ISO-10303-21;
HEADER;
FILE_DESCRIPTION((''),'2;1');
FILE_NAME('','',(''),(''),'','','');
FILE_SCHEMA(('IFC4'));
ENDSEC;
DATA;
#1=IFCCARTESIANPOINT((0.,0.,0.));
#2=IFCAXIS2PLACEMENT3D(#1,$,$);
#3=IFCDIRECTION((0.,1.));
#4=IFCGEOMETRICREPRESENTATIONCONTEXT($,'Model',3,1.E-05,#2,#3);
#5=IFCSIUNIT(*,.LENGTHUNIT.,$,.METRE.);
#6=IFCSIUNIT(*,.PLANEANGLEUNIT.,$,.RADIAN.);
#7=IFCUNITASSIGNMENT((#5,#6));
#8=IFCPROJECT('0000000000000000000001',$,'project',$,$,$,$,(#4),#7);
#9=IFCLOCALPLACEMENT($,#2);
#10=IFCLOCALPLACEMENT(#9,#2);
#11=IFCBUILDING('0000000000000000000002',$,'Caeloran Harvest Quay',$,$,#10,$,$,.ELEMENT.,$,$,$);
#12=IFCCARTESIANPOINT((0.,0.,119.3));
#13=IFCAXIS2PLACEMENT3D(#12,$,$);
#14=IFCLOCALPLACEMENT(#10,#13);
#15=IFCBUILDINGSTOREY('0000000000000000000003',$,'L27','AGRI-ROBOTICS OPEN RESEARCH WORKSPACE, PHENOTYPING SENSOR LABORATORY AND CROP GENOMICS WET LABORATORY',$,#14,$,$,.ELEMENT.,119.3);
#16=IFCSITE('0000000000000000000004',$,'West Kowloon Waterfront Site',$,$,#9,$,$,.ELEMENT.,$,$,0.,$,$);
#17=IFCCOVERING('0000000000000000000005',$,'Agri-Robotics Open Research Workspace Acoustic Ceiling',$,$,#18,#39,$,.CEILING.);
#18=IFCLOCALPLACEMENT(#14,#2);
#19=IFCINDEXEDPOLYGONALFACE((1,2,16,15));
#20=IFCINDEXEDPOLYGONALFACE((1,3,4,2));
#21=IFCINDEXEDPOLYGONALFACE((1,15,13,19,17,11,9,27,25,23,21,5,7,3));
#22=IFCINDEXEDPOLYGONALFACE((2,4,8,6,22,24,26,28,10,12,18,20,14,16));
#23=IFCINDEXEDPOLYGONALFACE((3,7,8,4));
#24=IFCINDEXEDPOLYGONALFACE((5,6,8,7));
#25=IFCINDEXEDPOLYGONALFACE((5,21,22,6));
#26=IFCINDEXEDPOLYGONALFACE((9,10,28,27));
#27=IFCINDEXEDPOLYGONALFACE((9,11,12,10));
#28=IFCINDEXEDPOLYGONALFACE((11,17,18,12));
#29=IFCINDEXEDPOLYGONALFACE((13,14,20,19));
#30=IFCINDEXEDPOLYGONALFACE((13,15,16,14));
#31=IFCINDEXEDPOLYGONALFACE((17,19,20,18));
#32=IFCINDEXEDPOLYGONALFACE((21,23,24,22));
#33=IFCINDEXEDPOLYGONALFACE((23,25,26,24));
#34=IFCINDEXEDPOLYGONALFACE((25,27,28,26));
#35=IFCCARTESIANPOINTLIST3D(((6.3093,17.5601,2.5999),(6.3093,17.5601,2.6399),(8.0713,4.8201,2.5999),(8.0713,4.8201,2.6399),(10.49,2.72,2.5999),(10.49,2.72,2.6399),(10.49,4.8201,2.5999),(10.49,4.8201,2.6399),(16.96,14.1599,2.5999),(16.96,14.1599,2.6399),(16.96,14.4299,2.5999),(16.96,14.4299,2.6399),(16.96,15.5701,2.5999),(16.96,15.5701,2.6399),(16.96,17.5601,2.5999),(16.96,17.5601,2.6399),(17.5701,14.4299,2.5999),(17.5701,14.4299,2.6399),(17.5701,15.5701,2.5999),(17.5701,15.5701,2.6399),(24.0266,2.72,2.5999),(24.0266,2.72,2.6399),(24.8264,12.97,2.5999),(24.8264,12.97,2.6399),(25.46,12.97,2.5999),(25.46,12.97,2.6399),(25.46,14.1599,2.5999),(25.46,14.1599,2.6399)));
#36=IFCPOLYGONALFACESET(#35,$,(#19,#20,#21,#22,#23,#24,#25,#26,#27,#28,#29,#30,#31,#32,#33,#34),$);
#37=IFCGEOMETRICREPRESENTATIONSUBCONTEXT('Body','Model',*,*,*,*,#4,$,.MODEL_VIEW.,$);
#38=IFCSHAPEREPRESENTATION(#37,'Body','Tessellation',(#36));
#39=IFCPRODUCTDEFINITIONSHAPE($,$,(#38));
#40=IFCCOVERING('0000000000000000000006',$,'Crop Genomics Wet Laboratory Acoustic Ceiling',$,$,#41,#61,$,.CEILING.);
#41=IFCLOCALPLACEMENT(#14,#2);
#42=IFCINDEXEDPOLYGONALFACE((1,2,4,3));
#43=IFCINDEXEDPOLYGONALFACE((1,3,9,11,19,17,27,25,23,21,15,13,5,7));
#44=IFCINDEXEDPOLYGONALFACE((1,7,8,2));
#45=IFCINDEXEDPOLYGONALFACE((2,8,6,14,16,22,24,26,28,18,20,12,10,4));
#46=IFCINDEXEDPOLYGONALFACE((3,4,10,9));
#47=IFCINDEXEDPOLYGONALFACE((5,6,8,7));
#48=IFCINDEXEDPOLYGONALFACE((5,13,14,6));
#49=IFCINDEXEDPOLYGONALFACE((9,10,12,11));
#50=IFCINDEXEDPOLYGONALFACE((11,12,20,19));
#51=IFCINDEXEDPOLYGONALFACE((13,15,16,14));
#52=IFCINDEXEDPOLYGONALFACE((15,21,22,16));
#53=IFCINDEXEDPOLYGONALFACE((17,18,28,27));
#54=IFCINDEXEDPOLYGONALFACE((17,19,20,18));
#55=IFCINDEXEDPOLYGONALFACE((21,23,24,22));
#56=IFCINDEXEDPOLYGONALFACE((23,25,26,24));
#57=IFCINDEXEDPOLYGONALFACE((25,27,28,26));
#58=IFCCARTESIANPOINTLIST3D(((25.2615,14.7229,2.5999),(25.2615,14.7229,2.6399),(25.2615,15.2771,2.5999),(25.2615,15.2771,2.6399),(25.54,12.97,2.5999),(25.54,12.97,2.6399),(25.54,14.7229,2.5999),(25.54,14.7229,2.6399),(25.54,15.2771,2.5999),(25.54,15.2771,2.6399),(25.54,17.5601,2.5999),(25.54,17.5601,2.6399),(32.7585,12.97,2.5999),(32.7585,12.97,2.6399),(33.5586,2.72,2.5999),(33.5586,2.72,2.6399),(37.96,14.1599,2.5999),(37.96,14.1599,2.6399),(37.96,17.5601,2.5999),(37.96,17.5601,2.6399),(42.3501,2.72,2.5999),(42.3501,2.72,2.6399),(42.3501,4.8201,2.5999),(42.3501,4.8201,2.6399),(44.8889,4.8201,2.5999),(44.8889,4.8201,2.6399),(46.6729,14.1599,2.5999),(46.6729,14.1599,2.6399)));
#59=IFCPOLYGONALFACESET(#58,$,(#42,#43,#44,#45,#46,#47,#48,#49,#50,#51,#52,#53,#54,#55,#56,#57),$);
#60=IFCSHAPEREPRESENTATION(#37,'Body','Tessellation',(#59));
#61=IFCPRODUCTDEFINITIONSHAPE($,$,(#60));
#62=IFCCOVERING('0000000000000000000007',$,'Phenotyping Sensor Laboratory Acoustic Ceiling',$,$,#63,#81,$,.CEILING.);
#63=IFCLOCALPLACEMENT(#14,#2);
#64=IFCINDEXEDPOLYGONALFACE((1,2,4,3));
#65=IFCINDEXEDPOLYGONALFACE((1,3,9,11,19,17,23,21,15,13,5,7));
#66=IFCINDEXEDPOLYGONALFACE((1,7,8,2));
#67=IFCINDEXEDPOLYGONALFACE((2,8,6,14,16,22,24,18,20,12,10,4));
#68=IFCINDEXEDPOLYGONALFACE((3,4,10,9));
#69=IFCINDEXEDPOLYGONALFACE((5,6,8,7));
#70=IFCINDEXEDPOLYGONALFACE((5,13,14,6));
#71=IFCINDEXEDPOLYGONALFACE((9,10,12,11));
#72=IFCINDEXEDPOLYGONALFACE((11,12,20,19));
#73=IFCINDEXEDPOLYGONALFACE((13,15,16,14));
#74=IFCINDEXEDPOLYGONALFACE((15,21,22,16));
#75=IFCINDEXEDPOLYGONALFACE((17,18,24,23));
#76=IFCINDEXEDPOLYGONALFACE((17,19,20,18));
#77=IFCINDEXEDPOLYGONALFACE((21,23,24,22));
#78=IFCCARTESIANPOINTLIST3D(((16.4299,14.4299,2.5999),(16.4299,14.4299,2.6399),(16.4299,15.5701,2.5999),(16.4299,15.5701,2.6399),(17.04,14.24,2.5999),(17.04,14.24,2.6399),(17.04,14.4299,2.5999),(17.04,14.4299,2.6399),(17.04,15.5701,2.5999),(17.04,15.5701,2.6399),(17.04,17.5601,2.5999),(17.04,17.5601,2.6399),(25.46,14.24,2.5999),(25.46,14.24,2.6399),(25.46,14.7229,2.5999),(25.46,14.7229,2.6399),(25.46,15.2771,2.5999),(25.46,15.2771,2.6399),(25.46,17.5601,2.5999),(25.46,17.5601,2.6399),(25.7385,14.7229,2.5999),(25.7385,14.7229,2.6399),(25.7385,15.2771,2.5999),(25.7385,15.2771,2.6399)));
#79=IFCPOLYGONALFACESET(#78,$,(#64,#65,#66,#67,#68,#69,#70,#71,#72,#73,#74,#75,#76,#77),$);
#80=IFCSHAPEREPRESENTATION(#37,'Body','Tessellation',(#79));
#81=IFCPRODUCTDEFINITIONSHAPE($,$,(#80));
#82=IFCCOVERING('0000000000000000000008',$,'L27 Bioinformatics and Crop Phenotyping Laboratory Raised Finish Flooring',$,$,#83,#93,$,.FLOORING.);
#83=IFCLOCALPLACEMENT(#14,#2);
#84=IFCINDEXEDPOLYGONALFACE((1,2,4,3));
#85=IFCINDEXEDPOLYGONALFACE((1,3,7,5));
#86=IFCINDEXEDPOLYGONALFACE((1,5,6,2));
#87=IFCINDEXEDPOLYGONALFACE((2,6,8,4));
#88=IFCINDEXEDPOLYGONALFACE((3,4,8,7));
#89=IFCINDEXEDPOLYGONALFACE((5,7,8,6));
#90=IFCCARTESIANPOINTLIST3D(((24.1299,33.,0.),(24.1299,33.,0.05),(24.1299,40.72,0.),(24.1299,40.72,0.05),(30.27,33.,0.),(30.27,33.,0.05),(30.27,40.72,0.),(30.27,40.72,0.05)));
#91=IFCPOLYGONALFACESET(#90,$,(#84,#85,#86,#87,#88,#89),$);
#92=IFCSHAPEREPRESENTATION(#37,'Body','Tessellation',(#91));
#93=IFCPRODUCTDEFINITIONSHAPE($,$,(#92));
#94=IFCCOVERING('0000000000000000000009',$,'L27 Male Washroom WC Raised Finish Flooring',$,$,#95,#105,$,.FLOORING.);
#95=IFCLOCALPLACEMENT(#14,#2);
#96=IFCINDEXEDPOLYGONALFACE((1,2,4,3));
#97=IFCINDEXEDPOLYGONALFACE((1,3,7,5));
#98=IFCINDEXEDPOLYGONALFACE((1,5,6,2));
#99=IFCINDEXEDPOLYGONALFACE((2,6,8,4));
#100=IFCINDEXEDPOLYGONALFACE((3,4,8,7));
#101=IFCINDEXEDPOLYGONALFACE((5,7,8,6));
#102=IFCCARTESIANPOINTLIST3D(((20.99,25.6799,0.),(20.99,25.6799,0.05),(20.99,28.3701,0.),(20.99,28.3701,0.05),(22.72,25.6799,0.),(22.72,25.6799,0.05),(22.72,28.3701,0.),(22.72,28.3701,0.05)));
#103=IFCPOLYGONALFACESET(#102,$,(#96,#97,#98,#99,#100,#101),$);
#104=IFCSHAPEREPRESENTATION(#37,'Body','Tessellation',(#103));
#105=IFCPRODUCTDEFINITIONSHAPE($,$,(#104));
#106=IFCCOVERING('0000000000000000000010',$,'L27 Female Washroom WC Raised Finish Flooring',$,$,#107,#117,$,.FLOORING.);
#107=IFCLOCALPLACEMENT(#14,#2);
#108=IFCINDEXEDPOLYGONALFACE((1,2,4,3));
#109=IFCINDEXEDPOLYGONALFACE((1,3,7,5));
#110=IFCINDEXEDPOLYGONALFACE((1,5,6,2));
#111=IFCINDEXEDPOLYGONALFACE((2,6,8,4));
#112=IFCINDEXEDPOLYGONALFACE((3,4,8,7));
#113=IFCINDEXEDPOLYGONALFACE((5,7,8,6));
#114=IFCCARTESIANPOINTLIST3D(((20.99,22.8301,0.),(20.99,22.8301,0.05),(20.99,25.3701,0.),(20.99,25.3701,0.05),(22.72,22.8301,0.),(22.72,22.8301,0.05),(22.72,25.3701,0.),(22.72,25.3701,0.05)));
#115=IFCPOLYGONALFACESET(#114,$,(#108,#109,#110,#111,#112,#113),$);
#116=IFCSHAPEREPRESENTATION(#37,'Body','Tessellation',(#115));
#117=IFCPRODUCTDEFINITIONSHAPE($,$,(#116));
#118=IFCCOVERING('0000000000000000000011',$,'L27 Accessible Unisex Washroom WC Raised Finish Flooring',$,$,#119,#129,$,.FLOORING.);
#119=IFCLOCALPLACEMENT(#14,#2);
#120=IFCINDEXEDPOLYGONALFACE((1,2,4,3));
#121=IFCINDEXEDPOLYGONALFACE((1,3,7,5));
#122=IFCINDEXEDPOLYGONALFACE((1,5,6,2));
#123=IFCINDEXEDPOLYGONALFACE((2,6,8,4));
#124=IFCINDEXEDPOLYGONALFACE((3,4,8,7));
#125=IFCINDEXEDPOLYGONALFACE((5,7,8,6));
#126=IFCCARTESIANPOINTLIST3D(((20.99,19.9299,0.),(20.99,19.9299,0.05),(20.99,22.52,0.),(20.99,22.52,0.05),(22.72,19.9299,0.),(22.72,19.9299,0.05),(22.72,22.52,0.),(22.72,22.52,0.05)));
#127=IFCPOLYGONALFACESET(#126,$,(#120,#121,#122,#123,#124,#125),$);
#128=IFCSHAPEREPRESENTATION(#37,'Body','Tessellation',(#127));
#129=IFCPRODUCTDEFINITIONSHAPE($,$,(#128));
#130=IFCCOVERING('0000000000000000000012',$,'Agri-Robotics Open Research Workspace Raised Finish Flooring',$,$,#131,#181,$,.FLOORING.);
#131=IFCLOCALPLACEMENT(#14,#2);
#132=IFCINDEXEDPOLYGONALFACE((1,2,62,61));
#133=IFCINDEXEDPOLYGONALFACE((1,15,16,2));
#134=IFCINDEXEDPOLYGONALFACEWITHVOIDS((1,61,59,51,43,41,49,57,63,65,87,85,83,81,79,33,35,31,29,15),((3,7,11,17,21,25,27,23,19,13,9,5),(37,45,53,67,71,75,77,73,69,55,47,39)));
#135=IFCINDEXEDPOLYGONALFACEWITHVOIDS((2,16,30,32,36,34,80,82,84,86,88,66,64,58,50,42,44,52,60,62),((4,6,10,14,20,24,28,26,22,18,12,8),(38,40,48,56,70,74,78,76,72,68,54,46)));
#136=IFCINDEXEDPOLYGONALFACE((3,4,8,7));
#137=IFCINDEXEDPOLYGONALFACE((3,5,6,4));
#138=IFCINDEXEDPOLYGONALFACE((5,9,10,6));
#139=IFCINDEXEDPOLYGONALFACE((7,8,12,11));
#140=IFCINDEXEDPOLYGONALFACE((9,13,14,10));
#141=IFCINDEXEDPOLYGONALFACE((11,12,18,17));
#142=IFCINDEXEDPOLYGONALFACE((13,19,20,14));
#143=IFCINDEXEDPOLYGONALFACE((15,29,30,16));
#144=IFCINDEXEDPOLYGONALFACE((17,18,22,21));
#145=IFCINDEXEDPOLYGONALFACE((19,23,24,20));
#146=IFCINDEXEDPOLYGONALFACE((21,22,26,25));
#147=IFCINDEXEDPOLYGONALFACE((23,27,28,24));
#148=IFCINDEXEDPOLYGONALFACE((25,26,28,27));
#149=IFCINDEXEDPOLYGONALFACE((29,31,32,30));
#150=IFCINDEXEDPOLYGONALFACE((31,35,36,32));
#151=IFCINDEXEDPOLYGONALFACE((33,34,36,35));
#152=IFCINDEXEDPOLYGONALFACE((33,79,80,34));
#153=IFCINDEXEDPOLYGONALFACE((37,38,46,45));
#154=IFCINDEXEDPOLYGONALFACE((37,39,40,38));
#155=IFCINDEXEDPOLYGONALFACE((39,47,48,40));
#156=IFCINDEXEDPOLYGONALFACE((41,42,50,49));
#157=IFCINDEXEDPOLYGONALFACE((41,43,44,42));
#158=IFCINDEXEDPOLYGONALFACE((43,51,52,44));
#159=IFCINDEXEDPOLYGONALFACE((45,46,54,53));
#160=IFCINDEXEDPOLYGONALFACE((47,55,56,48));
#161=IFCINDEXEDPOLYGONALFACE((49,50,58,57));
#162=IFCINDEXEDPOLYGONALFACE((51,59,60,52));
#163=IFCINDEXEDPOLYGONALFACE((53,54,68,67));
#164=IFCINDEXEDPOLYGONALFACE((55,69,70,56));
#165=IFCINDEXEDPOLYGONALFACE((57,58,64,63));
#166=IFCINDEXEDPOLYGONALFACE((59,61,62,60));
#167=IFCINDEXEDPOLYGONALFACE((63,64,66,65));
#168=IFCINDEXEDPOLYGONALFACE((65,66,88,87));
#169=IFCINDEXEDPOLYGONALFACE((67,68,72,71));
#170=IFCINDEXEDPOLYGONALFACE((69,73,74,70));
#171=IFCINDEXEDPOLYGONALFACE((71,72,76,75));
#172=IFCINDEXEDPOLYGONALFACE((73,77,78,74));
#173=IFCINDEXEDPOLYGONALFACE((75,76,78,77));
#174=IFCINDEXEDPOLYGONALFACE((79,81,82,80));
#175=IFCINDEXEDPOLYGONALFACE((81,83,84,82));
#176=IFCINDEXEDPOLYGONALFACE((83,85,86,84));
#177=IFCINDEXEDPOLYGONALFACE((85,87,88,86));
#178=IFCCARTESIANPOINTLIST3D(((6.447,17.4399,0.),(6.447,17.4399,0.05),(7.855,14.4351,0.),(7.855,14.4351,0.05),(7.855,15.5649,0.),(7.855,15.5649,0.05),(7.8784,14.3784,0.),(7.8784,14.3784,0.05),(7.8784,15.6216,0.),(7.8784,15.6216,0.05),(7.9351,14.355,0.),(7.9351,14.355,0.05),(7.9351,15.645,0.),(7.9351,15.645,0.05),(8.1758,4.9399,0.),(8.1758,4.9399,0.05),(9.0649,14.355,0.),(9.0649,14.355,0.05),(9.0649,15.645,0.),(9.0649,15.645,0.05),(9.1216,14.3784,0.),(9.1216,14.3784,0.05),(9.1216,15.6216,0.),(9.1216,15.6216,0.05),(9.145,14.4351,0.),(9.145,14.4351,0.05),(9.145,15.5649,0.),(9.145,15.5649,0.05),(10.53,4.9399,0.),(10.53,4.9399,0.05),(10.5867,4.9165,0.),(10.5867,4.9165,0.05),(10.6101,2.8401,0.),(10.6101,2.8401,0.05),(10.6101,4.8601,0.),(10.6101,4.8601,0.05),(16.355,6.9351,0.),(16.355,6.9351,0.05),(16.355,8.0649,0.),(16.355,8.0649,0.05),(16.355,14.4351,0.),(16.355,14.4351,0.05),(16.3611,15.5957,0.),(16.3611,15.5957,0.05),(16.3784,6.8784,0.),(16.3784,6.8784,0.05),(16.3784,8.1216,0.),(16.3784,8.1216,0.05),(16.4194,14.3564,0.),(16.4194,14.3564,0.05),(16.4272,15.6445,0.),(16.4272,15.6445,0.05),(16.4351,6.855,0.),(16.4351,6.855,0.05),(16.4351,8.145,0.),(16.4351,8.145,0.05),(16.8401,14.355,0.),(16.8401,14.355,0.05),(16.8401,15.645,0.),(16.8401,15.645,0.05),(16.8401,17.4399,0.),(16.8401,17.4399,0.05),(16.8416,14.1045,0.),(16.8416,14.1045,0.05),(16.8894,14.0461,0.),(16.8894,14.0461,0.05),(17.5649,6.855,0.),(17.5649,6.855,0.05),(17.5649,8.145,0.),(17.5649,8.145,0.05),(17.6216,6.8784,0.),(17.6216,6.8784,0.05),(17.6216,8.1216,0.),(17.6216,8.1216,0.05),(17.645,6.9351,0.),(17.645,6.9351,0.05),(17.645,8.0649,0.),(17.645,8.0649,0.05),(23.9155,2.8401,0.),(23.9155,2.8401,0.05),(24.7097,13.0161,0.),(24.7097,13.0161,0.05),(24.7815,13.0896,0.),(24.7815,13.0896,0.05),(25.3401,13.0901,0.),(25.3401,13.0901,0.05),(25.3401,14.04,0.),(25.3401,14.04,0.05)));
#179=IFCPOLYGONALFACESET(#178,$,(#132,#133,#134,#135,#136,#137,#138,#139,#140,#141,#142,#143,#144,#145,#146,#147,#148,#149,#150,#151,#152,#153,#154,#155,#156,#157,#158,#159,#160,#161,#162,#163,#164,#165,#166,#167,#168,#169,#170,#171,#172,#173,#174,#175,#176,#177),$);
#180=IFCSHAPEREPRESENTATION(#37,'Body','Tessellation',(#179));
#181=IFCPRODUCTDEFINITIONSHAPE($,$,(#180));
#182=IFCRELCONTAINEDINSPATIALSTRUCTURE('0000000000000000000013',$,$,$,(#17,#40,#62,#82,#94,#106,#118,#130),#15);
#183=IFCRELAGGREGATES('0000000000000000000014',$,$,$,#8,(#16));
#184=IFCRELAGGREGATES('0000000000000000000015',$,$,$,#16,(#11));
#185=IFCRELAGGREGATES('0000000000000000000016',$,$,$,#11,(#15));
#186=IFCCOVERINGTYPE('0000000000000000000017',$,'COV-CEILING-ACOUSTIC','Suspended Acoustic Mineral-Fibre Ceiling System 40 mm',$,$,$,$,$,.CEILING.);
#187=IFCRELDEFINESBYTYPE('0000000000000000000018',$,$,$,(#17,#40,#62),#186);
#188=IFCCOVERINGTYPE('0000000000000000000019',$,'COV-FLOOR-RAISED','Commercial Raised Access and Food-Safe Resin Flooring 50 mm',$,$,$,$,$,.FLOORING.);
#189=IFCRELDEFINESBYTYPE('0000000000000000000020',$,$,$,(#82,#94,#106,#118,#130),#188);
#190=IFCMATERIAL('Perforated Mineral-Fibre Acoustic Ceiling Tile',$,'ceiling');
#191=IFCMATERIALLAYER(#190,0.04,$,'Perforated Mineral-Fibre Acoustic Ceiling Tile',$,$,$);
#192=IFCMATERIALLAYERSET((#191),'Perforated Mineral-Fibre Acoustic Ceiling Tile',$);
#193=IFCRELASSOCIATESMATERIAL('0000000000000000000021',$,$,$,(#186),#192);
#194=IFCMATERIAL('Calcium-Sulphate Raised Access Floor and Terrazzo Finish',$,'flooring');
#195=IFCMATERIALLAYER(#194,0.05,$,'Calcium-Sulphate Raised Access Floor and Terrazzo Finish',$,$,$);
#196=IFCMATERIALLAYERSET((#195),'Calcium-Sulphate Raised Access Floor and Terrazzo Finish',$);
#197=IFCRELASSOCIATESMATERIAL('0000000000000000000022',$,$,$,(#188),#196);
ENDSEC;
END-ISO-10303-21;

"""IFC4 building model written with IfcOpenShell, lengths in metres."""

from ifc_helpers import new_model, si_unit, direction, frame, origin, place, context, subcontext, project, spatial, polyline, outline, extrude, material, layer, layer_set, type_object, element, save


model = new_model("IFC4")

# Units and contexts
model_context = context("Model", 3, precision=1e-05, world=origin(), true_north=direction((0.0, 1.0)))
body_context = subcontext(model_context, "Body", "Model", "MODEL_VIEW")
ifc_project = project(units=[si_unit("LENGTHUNIT", "METRE"), si_unit("PLANEANGLEUNIT", "RADIAN")], contexts=[model_context])

# Site, building, storey
site_placement = place(None, origin())
site = spatial("IfcSite", under=ifc_project, at=site_placement, Name="West Kowloon Waterfront Site", CompositionType="ELEMENT", RefElevation=0.0)
building_placement = place(site_placement, origin())
building = spatial("IfcBuilding", under=site, at=building_placement, Name="Caeloran Harvest Quay", CompositionType="ELEMENT")
storey_placement = place(building_placement, frame((0.0, 0.0, 119.3)))
storey = spatial("IfcBuildingStorey", under=building, at=storey_placement, Name="L27", Description="AGRI-ROBOTICS OPEN RESEARCH WORKSPACE, PHENOTYPING SENSOR LABORATORY AND CROP GENOMICS WET LABORATORY", CompositionType="ELEMENT", Elevation=119.3)

# Coverings
ifc_material_1 = material(Name="Perforated Mineral-Fibre Acoustic Ceiling Tile", Category="ceiling")
ifc_layer_1 = layer(ifc_material_1, 0.04, Name="Perforated Mineral-Fibre Acoustic Ceiling Tile")
ifc_layer_set_1 = layer_set([ifc_layer_1], Name="Perforated Mineral-Fibre Acoustic Ceiling Tile")
covering_type_1 = type_object("IfcCoveringType", Name="COV-CEILING-ACOUSTIC", Description="Suspended Acoustic Mineral-Fibre Ceiling System 40 mm", PredefinedType="CEILING", material=ifc_layer_set_1)
covering_1_placement = place(storey_placement, frame((0.0, 0.0, 2.5999)))
element("IfcCovering", 1, at=covering_1_placement, inside=storey, type_object=covering_type_1, Name="Agri-Robotics Open Research Workspace Acoustic Ceiling", PredefinedType="CEILING", context=body_context, shape_type="SweptSolid", body=[
    extrude(outline(polyline([(6.3093, 17.5601), (16.96, 17.5601), (16.96, 15.5701), (17.5701, 15.5701), (17.5701, 14.4299), (16.96, 14.4299), (16.96, 14.1599), (25.46, 14.1599), (25.46, 12.97), (24.8264, 12.97), (24.0266, 2.72), (10.49, 2.72), (10.49, 4.8201), (8.0713, 4.8201), (6.3093, 17.5601)])), origin(), (0.0, 0.0, 1.0), 0.04),
])
covering_2_placement = place(storey_placement, frame((0.0, 0.0, 2.5999)))
element("IfcCovering", 2, at=covering_2_placement, inside=storey, type_object=covering_type_1, Name="Crop Genomics Wet Laboratory Acoustic Ceiling", PredefinedType="CEILING", context=body_context, shape_type="SweptSolid", body=[
    extrude(outline(polyline([(25.54, 14.7229), (25.2615, 14.7229), (25.2615, 15.2771), (25.54, 15.2771), (25.54, 17.5601), (37.96, 17.5601), (37.96, 14.1599), (46.6729, 14.1599), (44.8889, 4.8201), (42.3501, 4.8201), (42.3501, 2.72), (33.5586, 2.72), (32.7585, 12.97), (25.54, 12.97), (25.54, 14.7229)])), origin(), (0.0, 0.0, 1.0), 0.04),
])
covering_3_placement = place(storey_placement, frame((0.0, 0.0, 2.5999)))
element("IfcCovering", 3, at=covering_3_placement, inside=storey, type_object=covering_type_1, Name="Phenotyping Sensor Laboratory Acoustic Ceiling", PredefinedType="CEILING", context=body_context, shape_type="SweptSolid", body=[
    extrude(outline(polyline([(16.4299, 14.4299), (16.4299, 15.5701), (17.04, 15.5701), (17.04, 17.5601), (25.46, 17.5601), (25.46, 15.2771), (25.7385, 15.2771), (25.7385, 14.7229), (25.46, 14.7229), (25.46, 14.24), (17.04, 14.24), (17.04, 14.4299), (16.4299, 14.4299)])), origin(), (0.0, 0.0, 1.0), 0.04),
])
ifc_material_2 = material(Name="Calcium-Sulphate Raised Access Floor and Terrazzo Finish", Category="flooring")
ifc_layer_2 = layer(ifc_material_2, 0.05, Name="Calcium-Sulphate Raised Access Floor and Terrazzo Finish")
ifc_layer_set_2 = layer_set([ifc_layer_2], Name="Calcium-Sulphate Raised Access Floor and Terrazzo Finish")
covering_type_2 = type_object("IfcCoveringType", Name="COV-FLOOR-RAISED", Description="Commercial Raised Access and Food-Safe Resin Flooring 50 mm", PredefinedType="FLOORING", material=ifc_layer_set_2)
covering_4_placement = place(storey_placement, origin())
element("IfcCovering", 4, at=covering_4_placement, inside=storey, type_object=covering_type_2, Name="L27 Bioinformatics and Crop Phenotyping Laboratory Raised Finish Flooring", PredefinedType="FLOORING", context=body_context, shape_type="SweptSolid", body=[
    extrude(outline(polyline([(30.27, 40.72), (30.27, 33.0), (24.1299, 33.0), (24.1299, 40.72), (30.27, 40.72)])), origin(), (0.0, 0.0, 1.0), 0.05),
])
covering_5_placement = place(storey_placement, origin())
element("IfcCovering", 5, at=covering_5_placement, inside=storey, type_object=covering_type_2, Name="L27 Male Washroom WC Raised Finish Flooring", PredefinedType="FLOORING", context=body_context, shape_type="SweptSolid", body=[
    extrude(outline(polyline([(22.72, 25.6799), (20.99, 25.6799), (20.99, 28.3701), (22.72, 28.3701), (22.72, 25.6799)])), origin(), (0.0, 0.0, 1.0), 0.05),
])
covering_6_placement = place(storey_placement, origin())
element("IfcCovering", 6, at=covering_6_placement, inside=storey, type_object=covering_type_2, Name="L27 Female Washroom WC Raised Finish Flooring", PredefinedType="FLOORING", context=body_context, shape_type="SweptSolid", body=[
    extrude(outline(polyline([(22.72, 22.8301), (20.99, 22.8301), (20.99, 25.3701), (22.72, 25.3701), (22.72, 22.8301)])), origin(), (0.0, 0.0, 1.0), 0.05),
])
covering_7_placement = place(storey_placement, origin())
element("IfcCovering", 7, at=covering_7_placement, inside=storey, type_object=covering_type_2, Name="L27 Accessible Unisex Washroom WC Raised Finish Flooring", PredefinedType="FLOORING", context=body_context, shape_type="SweptSolid", body=[
    extrude(outline(polyline([(22.72, 19.9299), (20.99, 19.9299), (20.99, 22.52), (22.72, 22.52), (22.72, 19.9299)])), origin(), (0.0, 0.0, 1.0), 0.05),
])
covering_8_placement = place(storey_placement, origin())
element("IfcCovering", 8, at=covering_8_placement, inside=storey, type_object=covering_type_2, Name="Agri-Robotics Open Research Workspace Raised Finish Flooring", PredefinedType="FLOORING", context=body_context, shape_type="SweptSolid", body=[
    extrude(outline(polyline([(10.6101, 4.8601), (10.5867, 4.9165), (10.53, 4.9399), (8.1758, 4.9399), (6.447, 17.4399), (16.8401, 17.4399), (16.8401, 15.645), (16.4272, 15.6445), (16.3611, 15.5957), (16.355, 14.4351), (16.4194, 14.3564), (16.8401, 14.355), (16.8416, 14.1045), (16.8894, 14.0461), (25.3401, 14.04), (25.3401, 13.0901), (24.7815, 13.0896), (24.7097, 13.0161), (23.9155, 2.8401), (10.6101, 2.8401), (10.6101, 4.8601)]), holes=[polyline([(16.4351, 8.145), (16.3784, 8.1216), (16.355, 8.0649), (16.355, 6.9351), (16.3784, 6.8784), (16.4351, 6.855), (17.5649, 6.855), (17.6216, 6.8784), (17.645, 6.9351), (17.645, 8.0649), (17.6216, 8.1216), (17.5649, 8.145), (16.4351, 8.145)]), polyline([(7.9351, 15.645), (7.8784, 15.6216), (7.855, 15.5649), (7.855, 14.4351), (7.8784, 14.3784), (7.9351, 14.355), (9.0649, 14.355), (9.1216, 14.3784), (9.145, 14.4351), (9.145, 15.5649), (9.1216, 15.6216), (9.0649, 15.645), (7.9351, 15.645)])]), origin(), (0.0, 0.0, 1.0), 0.05),
])

save(model, "model.ifc")
